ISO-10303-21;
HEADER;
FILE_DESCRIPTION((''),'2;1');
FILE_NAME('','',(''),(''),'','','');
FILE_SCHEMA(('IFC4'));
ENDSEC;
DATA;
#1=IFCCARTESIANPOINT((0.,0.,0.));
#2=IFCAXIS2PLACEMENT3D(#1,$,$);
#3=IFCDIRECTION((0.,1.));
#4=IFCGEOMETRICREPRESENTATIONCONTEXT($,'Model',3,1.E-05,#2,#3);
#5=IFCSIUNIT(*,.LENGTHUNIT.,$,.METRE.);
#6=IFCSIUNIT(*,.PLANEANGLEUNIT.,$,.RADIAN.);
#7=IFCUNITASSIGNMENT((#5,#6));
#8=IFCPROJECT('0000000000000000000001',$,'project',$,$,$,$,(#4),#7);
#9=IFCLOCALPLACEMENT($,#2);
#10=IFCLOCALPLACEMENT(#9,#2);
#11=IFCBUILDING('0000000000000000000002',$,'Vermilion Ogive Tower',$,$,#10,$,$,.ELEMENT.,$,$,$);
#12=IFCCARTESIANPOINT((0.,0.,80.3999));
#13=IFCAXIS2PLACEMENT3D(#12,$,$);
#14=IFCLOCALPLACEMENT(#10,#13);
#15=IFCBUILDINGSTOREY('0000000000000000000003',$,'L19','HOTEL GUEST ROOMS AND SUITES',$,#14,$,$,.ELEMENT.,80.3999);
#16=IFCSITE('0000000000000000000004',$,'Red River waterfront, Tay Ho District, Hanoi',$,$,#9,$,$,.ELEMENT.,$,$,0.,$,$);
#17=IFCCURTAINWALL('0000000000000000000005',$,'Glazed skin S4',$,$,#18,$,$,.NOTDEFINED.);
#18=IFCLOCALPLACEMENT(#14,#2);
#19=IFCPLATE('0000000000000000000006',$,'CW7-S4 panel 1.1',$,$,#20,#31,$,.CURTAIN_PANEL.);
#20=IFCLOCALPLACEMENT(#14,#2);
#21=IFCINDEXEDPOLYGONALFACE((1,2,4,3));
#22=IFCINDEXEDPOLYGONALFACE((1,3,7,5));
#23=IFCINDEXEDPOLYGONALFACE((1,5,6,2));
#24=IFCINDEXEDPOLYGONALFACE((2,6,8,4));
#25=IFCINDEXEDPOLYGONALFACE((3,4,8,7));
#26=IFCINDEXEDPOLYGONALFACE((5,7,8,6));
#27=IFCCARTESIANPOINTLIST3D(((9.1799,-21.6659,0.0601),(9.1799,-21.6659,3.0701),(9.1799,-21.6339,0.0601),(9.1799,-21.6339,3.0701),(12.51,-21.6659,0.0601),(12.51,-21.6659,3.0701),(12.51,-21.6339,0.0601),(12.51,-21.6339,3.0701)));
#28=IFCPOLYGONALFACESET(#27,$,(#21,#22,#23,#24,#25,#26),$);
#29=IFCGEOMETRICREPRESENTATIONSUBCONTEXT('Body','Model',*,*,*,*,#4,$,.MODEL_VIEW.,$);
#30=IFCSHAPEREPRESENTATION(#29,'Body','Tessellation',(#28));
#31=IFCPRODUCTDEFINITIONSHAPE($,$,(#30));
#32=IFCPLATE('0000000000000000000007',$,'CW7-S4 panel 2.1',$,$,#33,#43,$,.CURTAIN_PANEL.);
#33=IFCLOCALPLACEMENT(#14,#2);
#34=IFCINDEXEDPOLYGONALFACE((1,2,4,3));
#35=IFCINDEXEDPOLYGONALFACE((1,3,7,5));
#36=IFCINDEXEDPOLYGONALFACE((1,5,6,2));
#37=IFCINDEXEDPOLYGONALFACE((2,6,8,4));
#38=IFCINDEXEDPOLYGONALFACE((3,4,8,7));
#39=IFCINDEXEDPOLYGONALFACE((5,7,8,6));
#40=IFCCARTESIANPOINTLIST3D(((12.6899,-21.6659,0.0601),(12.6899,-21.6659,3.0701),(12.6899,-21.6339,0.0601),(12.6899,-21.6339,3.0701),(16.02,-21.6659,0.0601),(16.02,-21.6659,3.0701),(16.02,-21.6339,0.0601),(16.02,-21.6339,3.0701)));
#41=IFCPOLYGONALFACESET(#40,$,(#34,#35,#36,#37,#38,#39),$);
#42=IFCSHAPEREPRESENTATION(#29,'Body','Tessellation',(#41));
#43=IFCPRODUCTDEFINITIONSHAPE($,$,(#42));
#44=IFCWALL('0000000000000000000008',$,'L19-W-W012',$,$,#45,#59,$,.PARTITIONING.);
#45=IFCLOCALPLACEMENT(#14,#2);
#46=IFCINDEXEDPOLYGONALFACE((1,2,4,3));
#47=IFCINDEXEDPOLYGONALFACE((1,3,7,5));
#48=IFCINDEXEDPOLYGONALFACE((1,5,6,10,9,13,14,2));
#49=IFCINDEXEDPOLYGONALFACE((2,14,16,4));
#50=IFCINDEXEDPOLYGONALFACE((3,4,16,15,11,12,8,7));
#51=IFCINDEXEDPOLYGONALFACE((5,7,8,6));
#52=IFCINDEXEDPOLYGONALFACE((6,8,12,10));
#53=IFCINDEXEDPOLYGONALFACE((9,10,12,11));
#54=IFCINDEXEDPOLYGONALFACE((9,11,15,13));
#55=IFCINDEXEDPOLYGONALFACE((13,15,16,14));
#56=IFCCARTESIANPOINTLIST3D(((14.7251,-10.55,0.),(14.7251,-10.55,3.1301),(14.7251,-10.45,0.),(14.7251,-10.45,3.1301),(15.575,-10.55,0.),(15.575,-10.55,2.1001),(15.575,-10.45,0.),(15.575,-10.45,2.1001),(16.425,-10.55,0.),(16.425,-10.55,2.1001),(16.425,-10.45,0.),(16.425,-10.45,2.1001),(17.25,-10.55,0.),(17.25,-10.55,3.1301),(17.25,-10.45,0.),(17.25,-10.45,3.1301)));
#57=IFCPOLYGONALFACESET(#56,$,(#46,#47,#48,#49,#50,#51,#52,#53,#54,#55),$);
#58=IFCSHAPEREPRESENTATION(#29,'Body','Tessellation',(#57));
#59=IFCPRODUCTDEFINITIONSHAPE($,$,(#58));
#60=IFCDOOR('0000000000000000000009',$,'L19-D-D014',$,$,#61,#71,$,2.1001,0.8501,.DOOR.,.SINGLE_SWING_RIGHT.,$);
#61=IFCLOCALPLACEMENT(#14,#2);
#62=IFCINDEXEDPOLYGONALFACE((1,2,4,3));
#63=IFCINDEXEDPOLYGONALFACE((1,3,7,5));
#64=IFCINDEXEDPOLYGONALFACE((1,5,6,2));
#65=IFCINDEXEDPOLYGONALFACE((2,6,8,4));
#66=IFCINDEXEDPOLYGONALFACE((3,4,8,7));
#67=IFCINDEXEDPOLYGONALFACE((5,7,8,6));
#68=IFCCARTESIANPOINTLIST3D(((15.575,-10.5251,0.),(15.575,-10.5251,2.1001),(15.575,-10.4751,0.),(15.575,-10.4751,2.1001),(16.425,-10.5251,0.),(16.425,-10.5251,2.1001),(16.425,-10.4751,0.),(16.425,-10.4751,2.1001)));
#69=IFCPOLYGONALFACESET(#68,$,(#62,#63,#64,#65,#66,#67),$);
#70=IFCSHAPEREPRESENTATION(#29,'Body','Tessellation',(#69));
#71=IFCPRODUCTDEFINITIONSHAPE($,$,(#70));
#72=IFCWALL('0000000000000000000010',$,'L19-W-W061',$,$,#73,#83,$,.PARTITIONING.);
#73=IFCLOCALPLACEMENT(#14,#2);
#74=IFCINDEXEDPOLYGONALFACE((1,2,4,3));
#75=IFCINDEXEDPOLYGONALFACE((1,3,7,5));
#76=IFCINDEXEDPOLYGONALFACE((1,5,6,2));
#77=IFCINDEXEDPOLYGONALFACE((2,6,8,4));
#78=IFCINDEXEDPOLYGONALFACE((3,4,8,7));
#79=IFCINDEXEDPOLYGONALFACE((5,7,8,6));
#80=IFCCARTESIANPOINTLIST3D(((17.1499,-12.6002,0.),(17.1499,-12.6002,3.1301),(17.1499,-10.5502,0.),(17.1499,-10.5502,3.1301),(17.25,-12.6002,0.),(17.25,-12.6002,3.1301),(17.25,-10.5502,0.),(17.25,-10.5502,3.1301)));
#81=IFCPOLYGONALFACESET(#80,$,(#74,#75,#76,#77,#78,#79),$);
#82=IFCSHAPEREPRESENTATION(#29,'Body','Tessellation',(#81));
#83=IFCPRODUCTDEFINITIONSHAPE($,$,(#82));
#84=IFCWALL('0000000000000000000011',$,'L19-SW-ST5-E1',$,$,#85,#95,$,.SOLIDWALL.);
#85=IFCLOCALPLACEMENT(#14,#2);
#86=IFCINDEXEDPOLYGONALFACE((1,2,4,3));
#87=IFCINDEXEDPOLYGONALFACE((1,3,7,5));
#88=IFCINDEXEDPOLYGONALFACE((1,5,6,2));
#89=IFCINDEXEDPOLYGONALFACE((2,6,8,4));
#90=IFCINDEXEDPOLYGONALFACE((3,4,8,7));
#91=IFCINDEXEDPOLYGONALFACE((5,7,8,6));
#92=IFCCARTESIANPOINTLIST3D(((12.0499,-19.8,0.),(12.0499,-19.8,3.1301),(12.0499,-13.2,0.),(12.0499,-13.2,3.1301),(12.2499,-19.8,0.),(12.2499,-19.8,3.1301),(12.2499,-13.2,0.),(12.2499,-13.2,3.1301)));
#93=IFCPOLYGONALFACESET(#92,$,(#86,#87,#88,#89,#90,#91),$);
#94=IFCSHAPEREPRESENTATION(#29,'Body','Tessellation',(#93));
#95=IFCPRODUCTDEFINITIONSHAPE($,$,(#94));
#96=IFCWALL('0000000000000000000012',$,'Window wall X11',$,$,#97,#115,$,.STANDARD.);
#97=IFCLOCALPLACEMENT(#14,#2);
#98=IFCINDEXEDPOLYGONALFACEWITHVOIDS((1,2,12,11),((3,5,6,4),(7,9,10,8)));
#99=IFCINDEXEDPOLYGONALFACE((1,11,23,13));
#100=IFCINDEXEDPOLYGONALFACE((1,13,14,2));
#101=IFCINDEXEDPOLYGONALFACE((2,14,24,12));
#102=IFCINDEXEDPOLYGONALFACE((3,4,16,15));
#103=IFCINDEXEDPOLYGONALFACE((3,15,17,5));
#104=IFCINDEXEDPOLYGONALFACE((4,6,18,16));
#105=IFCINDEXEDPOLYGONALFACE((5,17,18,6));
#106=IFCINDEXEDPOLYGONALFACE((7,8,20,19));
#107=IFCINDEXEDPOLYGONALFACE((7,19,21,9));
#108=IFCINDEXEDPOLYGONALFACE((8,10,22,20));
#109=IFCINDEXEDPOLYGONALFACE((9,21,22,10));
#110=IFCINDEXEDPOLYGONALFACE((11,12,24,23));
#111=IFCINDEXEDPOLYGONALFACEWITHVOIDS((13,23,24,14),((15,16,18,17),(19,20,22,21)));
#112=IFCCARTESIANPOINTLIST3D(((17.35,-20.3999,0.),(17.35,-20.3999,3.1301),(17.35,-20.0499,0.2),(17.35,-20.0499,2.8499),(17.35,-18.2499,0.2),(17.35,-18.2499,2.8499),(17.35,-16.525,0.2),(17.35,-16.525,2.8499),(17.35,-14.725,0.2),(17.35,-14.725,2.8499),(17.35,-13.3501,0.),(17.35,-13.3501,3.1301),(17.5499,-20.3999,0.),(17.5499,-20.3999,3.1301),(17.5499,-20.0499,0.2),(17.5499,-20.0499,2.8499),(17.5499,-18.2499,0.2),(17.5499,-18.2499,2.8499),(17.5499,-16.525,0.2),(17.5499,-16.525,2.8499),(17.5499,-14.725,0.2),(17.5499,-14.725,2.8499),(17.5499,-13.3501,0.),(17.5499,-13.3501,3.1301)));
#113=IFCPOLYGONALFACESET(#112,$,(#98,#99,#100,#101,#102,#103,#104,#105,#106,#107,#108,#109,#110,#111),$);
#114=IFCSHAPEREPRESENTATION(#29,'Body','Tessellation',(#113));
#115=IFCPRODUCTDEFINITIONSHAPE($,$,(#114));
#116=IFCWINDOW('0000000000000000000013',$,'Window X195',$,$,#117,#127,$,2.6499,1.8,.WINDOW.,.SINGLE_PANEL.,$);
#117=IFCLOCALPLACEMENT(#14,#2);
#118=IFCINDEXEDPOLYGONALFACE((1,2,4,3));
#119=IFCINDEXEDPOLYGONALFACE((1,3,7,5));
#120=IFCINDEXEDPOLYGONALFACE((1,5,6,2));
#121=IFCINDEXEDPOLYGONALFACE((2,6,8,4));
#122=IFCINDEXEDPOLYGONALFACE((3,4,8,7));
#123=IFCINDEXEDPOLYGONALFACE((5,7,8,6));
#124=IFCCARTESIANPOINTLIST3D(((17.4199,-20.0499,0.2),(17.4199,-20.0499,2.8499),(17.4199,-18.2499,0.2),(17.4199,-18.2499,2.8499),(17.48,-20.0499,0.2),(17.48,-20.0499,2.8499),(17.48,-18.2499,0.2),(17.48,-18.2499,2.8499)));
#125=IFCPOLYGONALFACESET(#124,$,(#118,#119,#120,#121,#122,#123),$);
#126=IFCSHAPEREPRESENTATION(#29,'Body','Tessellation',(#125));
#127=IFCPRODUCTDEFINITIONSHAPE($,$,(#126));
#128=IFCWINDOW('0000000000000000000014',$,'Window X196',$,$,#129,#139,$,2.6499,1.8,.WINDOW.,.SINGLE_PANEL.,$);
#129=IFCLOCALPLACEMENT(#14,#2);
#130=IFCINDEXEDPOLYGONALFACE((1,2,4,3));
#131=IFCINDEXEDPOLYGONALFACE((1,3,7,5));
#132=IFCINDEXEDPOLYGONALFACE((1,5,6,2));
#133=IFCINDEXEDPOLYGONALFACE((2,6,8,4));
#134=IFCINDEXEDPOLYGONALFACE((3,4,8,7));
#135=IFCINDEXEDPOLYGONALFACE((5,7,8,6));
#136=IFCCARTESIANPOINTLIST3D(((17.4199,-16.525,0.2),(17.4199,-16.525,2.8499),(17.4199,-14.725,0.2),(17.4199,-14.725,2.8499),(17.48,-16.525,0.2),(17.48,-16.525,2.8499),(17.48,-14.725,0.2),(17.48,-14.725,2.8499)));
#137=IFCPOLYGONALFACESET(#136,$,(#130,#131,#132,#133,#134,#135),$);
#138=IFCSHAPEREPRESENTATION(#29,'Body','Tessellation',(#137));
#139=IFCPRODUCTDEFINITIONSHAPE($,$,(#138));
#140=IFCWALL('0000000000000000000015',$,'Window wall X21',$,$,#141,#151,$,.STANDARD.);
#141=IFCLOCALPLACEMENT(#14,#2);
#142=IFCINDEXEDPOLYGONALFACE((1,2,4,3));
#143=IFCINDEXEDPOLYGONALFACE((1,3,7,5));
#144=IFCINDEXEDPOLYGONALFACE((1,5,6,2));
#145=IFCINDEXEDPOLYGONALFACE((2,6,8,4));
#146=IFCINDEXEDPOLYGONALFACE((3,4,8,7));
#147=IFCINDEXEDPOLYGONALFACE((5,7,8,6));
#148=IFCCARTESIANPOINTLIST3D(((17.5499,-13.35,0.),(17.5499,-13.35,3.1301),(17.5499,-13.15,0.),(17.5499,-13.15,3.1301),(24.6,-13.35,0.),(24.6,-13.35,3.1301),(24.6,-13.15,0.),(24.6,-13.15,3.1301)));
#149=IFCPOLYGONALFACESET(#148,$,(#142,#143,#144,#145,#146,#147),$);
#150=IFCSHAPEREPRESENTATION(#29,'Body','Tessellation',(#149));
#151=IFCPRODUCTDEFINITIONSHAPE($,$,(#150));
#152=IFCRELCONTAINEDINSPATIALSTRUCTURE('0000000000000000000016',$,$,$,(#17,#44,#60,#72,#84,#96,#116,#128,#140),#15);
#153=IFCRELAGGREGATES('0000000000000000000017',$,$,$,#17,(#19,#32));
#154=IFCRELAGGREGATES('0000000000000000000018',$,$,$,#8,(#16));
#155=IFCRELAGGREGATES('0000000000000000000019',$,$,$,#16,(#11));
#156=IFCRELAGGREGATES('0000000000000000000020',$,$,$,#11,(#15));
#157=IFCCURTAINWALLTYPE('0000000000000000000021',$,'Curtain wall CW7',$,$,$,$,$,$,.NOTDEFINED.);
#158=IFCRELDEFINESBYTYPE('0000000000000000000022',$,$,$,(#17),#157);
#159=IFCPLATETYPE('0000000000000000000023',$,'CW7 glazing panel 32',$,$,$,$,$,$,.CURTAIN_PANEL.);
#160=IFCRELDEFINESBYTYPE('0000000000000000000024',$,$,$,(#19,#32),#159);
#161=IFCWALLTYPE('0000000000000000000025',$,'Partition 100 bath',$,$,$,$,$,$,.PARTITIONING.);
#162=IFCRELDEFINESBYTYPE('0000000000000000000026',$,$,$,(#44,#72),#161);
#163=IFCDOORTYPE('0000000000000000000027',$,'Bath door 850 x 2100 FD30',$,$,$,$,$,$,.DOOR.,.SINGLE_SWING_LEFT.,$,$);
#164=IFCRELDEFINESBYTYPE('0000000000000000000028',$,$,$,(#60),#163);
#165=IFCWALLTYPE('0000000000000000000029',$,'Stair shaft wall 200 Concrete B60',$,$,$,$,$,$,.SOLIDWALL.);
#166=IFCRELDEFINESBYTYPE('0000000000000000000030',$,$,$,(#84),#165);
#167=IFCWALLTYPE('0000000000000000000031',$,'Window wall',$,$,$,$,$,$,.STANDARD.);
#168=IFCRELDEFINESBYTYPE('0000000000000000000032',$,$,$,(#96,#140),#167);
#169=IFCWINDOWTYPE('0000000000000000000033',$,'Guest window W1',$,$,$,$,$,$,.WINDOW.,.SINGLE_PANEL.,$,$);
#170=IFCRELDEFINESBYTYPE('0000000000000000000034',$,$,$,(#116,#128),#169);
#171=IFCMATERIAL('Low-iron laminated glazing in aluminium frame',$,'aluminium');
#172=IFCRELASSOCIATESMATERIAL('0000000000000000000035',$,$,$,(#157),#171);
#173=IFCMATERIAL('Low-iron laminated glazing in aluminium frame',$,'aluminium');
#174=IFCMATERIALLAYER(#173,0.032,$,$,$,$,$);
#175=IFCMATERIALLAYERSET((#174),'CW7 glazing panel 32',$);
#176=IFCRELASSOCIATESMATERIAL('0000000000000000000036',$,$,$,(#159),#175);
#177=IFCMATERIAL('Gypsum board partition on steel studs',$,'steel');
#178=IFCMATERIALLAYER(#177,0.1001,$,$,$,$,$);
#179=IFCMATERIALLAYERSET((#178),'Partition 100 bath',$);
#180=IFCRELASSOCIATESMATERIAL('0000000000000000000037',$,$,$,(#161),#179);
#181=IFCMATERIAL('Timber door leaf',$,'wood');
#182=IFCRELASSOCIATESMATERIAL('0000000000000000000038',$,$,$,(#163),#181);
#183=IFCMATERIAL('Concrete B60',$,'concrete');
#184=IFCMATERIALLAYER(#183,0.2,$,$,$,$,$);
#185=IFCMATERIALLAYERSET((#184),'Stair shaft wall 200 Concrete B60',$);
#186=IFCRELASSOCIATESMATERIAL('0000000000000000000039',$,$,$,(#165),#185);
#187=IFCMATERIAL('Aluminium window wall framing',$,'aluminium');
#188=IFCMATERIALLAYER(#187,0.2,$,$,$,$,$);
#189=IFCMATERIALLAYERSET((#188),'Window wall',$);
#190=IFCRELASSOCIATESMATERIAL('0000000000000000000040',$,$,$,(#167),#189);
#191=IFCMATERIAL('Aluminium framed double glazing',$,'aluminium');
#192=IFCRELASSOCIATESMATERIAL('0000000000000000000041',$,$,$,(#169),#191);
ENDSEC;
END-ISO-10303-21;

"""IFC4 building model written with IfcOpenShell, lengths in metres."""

from ifc_helpers import new_model, si_unit, direction, frame, frame_2d, origin, origin_2d, place, context, subcontext, project, spatial, rectangle, extrude, material, layer, layer_set, type_object, element, fill, aggregate, save


model = new_model("IFC4")

# Units and contexts
model_context = context("Model", 3, precision=1e-05, world=origin(), true_north=direction((0.0, 1.0)))
body_context = subcontext(model_context, "Body", "Model", "MODEL_VIEW")
ifc_project = project(units=[si_unit("LENGTHUNIT", "METRE"), si_unit("PLANEANGLEUNIT", "RADIAN")], contexts=[model_context])

# Site, building, storey
site_placement = place(None, origin())
site = spatial("IfcSite", under=ifc_project, at=site_placement, Name="Red River waterfront, Tay Ho District, Hanoi", CompositionType="ELEMENT", RefElevation=0.0)
building_placement = place(site_placement, origin())
building = spatial("IfcBuilding", under=site, at=building_placement, Name="Vermilion Ogive Tower", CompositionType="ELEMENT")
storey_placement = place(building_placement, frame((0.0, 0.0, 80.3999)))
storey = spatial("IfcBuildingStorey", under=building, at=storey_placement, Name="L19", Description="HOTEL GUEST ROOMS AND SUITES", CompositionType="ELEMENT", Elevation=80.3999)

# Curtain wall
ifc_material_1 = material(Name="Low-iron laminated glazing in aluminium frame", Category="aluminium")
curtain_wall_type = type_object("IfcCurtainWallType", Name="Curtain wall CW7", PredefinedType="NOTDEFINED", material=ifc_material_1)
curtain_wall_1_placement = place(storey_placement, origin())
curtain_wall_1 = element("IfcCurtainWall", 1, at=curtain_wall_1_placement, inside=storey, type_object=curtain_wall_type, Name="Glazed skin S4", PredefinedType="NOTDEFINED")

# Plates
ifc_material_2 = material(Name="Low-iron laminated glazing in aluminium frame", Category="aluminium")
ifc_layer_1 = layer(ifc_material_2, 0.032)
ifc_layer_set_1 = layer_set([ifc_layer_1], Name="CW7 glazing panel 32")
plate_type = type_object("IfcPlateType", Name="CW7 glazing panel 32", PredefinedType="CURTAIN_PANEL", material=ifc_layer_set_1)
plate_1_placement = place(storey_placement, frame((10.845, -21.6499, 0.0601), z_axis=(0.0, 0.0, 1.0), x_axis=(1.0, 0.0, 0.0)))
plate_1 = element("IfcPlate", 2, at=plate_1_placement, type_object=plate_type, Name="CW7-S4 panel 1.1", PredefinedType="CURTAIN_PANEL", context=body_context, shape_type="SweptSolid", body=[
    extrude(rectangle(XDim=3.3301, YDim=0.032, at=origin_2d()), origin(), (0.0, 0.0, 1.0), 3.01),
])
plate_2_placement = place(storey_placement, frame((14.355, -21.6499, 0.0601), z_axis=(0.0, 0.0, 1.0), x_axis=(1.0, 0.0, 0.0)))
plate_2 = element("IfcPlate", 3, at=plate_2_placement, type_object=plate_type, Name="CW7-S4 panel 2.1", PredefinedType="CURTAIN_PANEL", context=body_context, shape_type="SweptSolid", body=[
    extrude(rectangle(XDim=3.3301, YDim=0.032, at=origin_2d()), origin(), (0.0, 0.0, 1.0), 3.01),
])
aggregate(curtain_wall_1, [plate_1, plate_2])

# Wall, opening, door
ifc_material_3 = material(Name="Gypsum board partition on steel studs", Category="steel")
ifc_layer_2 = layer(ifc_material_3, 0.1001)
ifc_layer_set_2 = layer_set([ifc_layer_2], Name="Partition 100 bath")
wall_type_1 = type_object("IfcWallType", Name="Partition 100 bath", PredefinedType="PARTITIONING", material=ifc_layer_set_2)
wall_1_placement = place(storey_placement, frame((14.7251, -10.5, 0.0), z_axis=(0.0, 0.0, 1.0), x_axis=(1.0, 0.0, 0.0)))
wall_1 = element("IfcWall", 4, at=wall_1_placement, inside=storey, type_object=wall_type_1, Name="L19-W-W012", PredefinedType="PARTITIONING", context=body_context, shape_type="SweptSolid", body=[
    extrude(rectangle(XDim=2.5249, YDim=0.1001, at=frame_2d((1.2625, 0.0))), origin(), (0.0, 0.0, 1.0), 3.1301),
])
opening_1_placement = place(wall_1_placement, frame((0.8499, 0.0, 0.0)))
opening_1 = element("IfcOpeningElement", 5, at=opening_1_placement, cuts=wall_1, PredefinedType="OPENING", context=body_context, shape_type="SweptSolid", body=[
    extrude(rectangle(XDim=0.8501, YDim=2.1001, at=frame_2d((0.425, 1.05))), frame((0.0, 0.0601, 0.0), z_axis=(0.0, -1.0, 0.0), x_axis=(1.0, 0.0, 0.0)), (0.0, 0.0, 1.0), 0.1201),
])
ifc_material_4 = material(Name="Timber door leaf", Category="wood")
door_type = type_object("IfcDoorType", Name="Bath door 850 x 2100 FD30", OperationType="SINGLE_SWING_LEFT", PredefinedType="DOOR", material=ifc_material_4)
door_placement = place(opening_1_placement, origin())
door = element("IfcDoor", 6, at=door_placement, inside=storey, type_object=door_type, Name="L19-D-D014", OperationType="SINGLE_SWING_RIGHT", OverallHeight=2.1001, OverallWidth=0.8501, PredefinedType="DOOR", context=body_context, shape_type="SweptSolid", body=[
    extrude(rectangle(XDim=0.8501, YDim=2.1001, at=frame_2d((0.425, 1.05))), frame((0.0, 0.0249, 0.0), z_axis=(0.0, -1.0, 0.0), x_axis=(1.0, 0.0, 0.0)), (0.0, 0.0, 1.0), 0.05),
])
fill(opening_1, door)

# Walls
wall_2_placement = place(storey_placement, frame((17.2, -12.6001, 0.0), z_axis=(0.0, 0.0, 1.0), x_axis=(0.0, 1.0, 0.0)))
element("IfcWall", 7, at=wall_2_placement, inside=storey, type_object=wall_type_1, Name="L19-W-W061", PredefinedType="PARTITIONING", context=body_context, shape_type="SweptSolid", body=[
    extrude(rectangle(XDim=2.05, YDim=0.1001, at=frame_2d((1.0249, 0.0))), origin(), (0.0, 0.0, 1.0), 3.1301),
])
ifc_material_5 = material(Name="Concrete B60", Category="concrete")
ifc_layer_3 = layer(ifc_material_5, 0.2)
ifc_layer_set_3 = layer_set([ifc_layer_3], Name="Stair shaft wall 200 Concrete B60")
wall_type_2 = type_object("IfcWallType", Name="Stair shaft wall 200 Concrete B60", PredefinedType="SOLIDWALL", material=ifc_layer_set_3)
wall_3_placement = place(storey_placement, frame((12.1499, -19.8, 0.0), z_axis=(0.0, 0.0, 1.0), x_axis=(0.0, 1.0, 0.0)))
element("IfcWall", 8, at=wall_3_placement, inside=storey, type_object=wall_type_2, Name="L19-SW-ST5-E1", PredefinedType="SOLIDWALL", context=body_context, shape_type="SweptSolid", body=[
    extrude(rectangle(XDim=6.6001, YDim=0.2, at=frame_2d((3.3, 0.0))), origin(), (0.0, 0.0, 1.0), 3.1301),
])

# Wall, openings, windows
ifc_material_6 = material(Name="Aluminium window wall framing", Category="aluminium")
ifc_layer_4 = layer(ifc_material_6, 0.2)
ifc_layer_set_4 = layer_set([ifc_layer_4], Name="Window wall")
wall_type_3 = type_object("IfcWallType", Name="Window wall", PredefinedType="STANDARD", material=ifc_layer_set_4)
wall_4_placement = place(storey_placement, frame((17.45, -20.3999, 0.0), z_axis=(0.0, 0.0, 1.0), x_axis=(0.0, 1.0, 0.0)))
wall_4 = element("IfcWall", 9, at=wall_4_placement, inside=storey, type_object=wall_type_3, Name="Window wall X11", PredefinedType="STANDARD", context=body_context, shape_type="SweptSolid", body=[
    extrude(rectangle(XDim=7.0498, YDim=0.2, at=frame_2d((3.5249, 0.0))), origin(), (0.0, 0.0, 1.0), 3.1301),
])
opening_2_placement = place(wall_4_placement, frame((0.3501, 0.0, 0.2)))
opening_2 = element("IfcOpeningElement", 10, at=opening_2_placement, cuts=wall_4, PredefinedType="OPENING", context=body_context, shape_type="SweptSolid", body=[
    extrude(rectangle(XDim=1.8, YDim=2.6499, at=frame_2d((0.8999, 1.325))), frame((0.0, 0.1099, 0.0), z_axis=(0.0, -1.0, 0.0), x_axis=(1.0, 0.0, 0.0)), (0.0, 0.0, 1.0), 0.22),
])
opening_3_placement = place(wall_4_placement, frame((3.875, 0.0, 0.2)))
opening_3 = element("IfcOpeningElement", 11, at=opening_3_placement, cuts=wall_4, PredefinedType="OPENING", context=body_context, shape_type="SweptSolid", body=[
    extrude(rectangle(XDim=1.8, YDim=2.6499, at=frame_2d((0.8999, 1.325))), frame((0.0, 0.1099, 0.0), z_axis=(0.0, -1.0, 0.0), x_axis=(1.0, 0.0, 0.0)), (0.0, 0.0, 1.0), 0.22),
])
ifc_material_7 = material(Name="Aluminium framed double glazing", Category="aluminium")
window_type = type_object("IfcWindowType", Name="Guest window W1", PartitioningType="SINGLE_PANEL", PredefinedType="WINDOW", material=ifc_material_7)
window_1_placement = place(opening_2_placement, origin())
window_1 = element("IfcWindow", 12, at=window_1_placement, inside=storey, type_object=window_type, Name="Window X195", OverallHeight=2.6499, OverallWidth=1.8, PartitioningType="SINGLE_PANEL", PredefinedType="WINDOW", context=body_context, shape_type="SweptSolid", body=[
    extrude(rectangle(XDim=1.8, YDim=2.6499, at=frame_2d((0.8999, 1.325))), frame((0.0, 0.03, 0.0), z_axis=(0.0, -1.0, 0.0), x_axis=(1.0, 0.0, 0.0)), (0.0, 0.0, 1.0), 0.0601),
])
fill(opening_2, window_1)
window_2_placement = place(opening_3_placement, origin())
window_2 = element("IfcWindow", 13, at=window_2_placement, inside=storey, type_object=window_type, Name="Window X196", OverallHeight=2.6499, OverallWidth=1.8, PartitioningType="SINGLE_PANEL", PredefinedType="WINDOW", context=body_context, shape_type="SweptSolid", body=[
    extrude(rectangle(XDim=1.8, YDim=2.6499, at=frame_2d((0.8999, 1.325))), frame((0.0, 0.03, 0.0), z_axis=(0.0, -1.0, 0.0), x_axis=(1.0, 0.0, 0.0)), (0.0, 0.0, 1.0), 0.0601),
])
fill(opening_3, window_2)

# Wall
wall_5_placement = place(storey_placement, frame((17.55, -13.25, 0.0), z_axis=(0.0, 0.0, 1.0), x_axis=(1.0, 0.0, 0.0)))
element("IfcWall", 14, at=wall_5_placement, inside=storey, type_object=wall_type_3, Name="Window wall X21", PredefinedType="STANDARD", context=body_context, shape_type="SweptSolid", body=[
    extrude(rectangle(XDim=7.05, YDim=0.2, at=frame_2d((3.5249, 0.0))), origin(), (0.0, 0.0, 1.0), 3.1301),
])

save(model, "model.ifc")
